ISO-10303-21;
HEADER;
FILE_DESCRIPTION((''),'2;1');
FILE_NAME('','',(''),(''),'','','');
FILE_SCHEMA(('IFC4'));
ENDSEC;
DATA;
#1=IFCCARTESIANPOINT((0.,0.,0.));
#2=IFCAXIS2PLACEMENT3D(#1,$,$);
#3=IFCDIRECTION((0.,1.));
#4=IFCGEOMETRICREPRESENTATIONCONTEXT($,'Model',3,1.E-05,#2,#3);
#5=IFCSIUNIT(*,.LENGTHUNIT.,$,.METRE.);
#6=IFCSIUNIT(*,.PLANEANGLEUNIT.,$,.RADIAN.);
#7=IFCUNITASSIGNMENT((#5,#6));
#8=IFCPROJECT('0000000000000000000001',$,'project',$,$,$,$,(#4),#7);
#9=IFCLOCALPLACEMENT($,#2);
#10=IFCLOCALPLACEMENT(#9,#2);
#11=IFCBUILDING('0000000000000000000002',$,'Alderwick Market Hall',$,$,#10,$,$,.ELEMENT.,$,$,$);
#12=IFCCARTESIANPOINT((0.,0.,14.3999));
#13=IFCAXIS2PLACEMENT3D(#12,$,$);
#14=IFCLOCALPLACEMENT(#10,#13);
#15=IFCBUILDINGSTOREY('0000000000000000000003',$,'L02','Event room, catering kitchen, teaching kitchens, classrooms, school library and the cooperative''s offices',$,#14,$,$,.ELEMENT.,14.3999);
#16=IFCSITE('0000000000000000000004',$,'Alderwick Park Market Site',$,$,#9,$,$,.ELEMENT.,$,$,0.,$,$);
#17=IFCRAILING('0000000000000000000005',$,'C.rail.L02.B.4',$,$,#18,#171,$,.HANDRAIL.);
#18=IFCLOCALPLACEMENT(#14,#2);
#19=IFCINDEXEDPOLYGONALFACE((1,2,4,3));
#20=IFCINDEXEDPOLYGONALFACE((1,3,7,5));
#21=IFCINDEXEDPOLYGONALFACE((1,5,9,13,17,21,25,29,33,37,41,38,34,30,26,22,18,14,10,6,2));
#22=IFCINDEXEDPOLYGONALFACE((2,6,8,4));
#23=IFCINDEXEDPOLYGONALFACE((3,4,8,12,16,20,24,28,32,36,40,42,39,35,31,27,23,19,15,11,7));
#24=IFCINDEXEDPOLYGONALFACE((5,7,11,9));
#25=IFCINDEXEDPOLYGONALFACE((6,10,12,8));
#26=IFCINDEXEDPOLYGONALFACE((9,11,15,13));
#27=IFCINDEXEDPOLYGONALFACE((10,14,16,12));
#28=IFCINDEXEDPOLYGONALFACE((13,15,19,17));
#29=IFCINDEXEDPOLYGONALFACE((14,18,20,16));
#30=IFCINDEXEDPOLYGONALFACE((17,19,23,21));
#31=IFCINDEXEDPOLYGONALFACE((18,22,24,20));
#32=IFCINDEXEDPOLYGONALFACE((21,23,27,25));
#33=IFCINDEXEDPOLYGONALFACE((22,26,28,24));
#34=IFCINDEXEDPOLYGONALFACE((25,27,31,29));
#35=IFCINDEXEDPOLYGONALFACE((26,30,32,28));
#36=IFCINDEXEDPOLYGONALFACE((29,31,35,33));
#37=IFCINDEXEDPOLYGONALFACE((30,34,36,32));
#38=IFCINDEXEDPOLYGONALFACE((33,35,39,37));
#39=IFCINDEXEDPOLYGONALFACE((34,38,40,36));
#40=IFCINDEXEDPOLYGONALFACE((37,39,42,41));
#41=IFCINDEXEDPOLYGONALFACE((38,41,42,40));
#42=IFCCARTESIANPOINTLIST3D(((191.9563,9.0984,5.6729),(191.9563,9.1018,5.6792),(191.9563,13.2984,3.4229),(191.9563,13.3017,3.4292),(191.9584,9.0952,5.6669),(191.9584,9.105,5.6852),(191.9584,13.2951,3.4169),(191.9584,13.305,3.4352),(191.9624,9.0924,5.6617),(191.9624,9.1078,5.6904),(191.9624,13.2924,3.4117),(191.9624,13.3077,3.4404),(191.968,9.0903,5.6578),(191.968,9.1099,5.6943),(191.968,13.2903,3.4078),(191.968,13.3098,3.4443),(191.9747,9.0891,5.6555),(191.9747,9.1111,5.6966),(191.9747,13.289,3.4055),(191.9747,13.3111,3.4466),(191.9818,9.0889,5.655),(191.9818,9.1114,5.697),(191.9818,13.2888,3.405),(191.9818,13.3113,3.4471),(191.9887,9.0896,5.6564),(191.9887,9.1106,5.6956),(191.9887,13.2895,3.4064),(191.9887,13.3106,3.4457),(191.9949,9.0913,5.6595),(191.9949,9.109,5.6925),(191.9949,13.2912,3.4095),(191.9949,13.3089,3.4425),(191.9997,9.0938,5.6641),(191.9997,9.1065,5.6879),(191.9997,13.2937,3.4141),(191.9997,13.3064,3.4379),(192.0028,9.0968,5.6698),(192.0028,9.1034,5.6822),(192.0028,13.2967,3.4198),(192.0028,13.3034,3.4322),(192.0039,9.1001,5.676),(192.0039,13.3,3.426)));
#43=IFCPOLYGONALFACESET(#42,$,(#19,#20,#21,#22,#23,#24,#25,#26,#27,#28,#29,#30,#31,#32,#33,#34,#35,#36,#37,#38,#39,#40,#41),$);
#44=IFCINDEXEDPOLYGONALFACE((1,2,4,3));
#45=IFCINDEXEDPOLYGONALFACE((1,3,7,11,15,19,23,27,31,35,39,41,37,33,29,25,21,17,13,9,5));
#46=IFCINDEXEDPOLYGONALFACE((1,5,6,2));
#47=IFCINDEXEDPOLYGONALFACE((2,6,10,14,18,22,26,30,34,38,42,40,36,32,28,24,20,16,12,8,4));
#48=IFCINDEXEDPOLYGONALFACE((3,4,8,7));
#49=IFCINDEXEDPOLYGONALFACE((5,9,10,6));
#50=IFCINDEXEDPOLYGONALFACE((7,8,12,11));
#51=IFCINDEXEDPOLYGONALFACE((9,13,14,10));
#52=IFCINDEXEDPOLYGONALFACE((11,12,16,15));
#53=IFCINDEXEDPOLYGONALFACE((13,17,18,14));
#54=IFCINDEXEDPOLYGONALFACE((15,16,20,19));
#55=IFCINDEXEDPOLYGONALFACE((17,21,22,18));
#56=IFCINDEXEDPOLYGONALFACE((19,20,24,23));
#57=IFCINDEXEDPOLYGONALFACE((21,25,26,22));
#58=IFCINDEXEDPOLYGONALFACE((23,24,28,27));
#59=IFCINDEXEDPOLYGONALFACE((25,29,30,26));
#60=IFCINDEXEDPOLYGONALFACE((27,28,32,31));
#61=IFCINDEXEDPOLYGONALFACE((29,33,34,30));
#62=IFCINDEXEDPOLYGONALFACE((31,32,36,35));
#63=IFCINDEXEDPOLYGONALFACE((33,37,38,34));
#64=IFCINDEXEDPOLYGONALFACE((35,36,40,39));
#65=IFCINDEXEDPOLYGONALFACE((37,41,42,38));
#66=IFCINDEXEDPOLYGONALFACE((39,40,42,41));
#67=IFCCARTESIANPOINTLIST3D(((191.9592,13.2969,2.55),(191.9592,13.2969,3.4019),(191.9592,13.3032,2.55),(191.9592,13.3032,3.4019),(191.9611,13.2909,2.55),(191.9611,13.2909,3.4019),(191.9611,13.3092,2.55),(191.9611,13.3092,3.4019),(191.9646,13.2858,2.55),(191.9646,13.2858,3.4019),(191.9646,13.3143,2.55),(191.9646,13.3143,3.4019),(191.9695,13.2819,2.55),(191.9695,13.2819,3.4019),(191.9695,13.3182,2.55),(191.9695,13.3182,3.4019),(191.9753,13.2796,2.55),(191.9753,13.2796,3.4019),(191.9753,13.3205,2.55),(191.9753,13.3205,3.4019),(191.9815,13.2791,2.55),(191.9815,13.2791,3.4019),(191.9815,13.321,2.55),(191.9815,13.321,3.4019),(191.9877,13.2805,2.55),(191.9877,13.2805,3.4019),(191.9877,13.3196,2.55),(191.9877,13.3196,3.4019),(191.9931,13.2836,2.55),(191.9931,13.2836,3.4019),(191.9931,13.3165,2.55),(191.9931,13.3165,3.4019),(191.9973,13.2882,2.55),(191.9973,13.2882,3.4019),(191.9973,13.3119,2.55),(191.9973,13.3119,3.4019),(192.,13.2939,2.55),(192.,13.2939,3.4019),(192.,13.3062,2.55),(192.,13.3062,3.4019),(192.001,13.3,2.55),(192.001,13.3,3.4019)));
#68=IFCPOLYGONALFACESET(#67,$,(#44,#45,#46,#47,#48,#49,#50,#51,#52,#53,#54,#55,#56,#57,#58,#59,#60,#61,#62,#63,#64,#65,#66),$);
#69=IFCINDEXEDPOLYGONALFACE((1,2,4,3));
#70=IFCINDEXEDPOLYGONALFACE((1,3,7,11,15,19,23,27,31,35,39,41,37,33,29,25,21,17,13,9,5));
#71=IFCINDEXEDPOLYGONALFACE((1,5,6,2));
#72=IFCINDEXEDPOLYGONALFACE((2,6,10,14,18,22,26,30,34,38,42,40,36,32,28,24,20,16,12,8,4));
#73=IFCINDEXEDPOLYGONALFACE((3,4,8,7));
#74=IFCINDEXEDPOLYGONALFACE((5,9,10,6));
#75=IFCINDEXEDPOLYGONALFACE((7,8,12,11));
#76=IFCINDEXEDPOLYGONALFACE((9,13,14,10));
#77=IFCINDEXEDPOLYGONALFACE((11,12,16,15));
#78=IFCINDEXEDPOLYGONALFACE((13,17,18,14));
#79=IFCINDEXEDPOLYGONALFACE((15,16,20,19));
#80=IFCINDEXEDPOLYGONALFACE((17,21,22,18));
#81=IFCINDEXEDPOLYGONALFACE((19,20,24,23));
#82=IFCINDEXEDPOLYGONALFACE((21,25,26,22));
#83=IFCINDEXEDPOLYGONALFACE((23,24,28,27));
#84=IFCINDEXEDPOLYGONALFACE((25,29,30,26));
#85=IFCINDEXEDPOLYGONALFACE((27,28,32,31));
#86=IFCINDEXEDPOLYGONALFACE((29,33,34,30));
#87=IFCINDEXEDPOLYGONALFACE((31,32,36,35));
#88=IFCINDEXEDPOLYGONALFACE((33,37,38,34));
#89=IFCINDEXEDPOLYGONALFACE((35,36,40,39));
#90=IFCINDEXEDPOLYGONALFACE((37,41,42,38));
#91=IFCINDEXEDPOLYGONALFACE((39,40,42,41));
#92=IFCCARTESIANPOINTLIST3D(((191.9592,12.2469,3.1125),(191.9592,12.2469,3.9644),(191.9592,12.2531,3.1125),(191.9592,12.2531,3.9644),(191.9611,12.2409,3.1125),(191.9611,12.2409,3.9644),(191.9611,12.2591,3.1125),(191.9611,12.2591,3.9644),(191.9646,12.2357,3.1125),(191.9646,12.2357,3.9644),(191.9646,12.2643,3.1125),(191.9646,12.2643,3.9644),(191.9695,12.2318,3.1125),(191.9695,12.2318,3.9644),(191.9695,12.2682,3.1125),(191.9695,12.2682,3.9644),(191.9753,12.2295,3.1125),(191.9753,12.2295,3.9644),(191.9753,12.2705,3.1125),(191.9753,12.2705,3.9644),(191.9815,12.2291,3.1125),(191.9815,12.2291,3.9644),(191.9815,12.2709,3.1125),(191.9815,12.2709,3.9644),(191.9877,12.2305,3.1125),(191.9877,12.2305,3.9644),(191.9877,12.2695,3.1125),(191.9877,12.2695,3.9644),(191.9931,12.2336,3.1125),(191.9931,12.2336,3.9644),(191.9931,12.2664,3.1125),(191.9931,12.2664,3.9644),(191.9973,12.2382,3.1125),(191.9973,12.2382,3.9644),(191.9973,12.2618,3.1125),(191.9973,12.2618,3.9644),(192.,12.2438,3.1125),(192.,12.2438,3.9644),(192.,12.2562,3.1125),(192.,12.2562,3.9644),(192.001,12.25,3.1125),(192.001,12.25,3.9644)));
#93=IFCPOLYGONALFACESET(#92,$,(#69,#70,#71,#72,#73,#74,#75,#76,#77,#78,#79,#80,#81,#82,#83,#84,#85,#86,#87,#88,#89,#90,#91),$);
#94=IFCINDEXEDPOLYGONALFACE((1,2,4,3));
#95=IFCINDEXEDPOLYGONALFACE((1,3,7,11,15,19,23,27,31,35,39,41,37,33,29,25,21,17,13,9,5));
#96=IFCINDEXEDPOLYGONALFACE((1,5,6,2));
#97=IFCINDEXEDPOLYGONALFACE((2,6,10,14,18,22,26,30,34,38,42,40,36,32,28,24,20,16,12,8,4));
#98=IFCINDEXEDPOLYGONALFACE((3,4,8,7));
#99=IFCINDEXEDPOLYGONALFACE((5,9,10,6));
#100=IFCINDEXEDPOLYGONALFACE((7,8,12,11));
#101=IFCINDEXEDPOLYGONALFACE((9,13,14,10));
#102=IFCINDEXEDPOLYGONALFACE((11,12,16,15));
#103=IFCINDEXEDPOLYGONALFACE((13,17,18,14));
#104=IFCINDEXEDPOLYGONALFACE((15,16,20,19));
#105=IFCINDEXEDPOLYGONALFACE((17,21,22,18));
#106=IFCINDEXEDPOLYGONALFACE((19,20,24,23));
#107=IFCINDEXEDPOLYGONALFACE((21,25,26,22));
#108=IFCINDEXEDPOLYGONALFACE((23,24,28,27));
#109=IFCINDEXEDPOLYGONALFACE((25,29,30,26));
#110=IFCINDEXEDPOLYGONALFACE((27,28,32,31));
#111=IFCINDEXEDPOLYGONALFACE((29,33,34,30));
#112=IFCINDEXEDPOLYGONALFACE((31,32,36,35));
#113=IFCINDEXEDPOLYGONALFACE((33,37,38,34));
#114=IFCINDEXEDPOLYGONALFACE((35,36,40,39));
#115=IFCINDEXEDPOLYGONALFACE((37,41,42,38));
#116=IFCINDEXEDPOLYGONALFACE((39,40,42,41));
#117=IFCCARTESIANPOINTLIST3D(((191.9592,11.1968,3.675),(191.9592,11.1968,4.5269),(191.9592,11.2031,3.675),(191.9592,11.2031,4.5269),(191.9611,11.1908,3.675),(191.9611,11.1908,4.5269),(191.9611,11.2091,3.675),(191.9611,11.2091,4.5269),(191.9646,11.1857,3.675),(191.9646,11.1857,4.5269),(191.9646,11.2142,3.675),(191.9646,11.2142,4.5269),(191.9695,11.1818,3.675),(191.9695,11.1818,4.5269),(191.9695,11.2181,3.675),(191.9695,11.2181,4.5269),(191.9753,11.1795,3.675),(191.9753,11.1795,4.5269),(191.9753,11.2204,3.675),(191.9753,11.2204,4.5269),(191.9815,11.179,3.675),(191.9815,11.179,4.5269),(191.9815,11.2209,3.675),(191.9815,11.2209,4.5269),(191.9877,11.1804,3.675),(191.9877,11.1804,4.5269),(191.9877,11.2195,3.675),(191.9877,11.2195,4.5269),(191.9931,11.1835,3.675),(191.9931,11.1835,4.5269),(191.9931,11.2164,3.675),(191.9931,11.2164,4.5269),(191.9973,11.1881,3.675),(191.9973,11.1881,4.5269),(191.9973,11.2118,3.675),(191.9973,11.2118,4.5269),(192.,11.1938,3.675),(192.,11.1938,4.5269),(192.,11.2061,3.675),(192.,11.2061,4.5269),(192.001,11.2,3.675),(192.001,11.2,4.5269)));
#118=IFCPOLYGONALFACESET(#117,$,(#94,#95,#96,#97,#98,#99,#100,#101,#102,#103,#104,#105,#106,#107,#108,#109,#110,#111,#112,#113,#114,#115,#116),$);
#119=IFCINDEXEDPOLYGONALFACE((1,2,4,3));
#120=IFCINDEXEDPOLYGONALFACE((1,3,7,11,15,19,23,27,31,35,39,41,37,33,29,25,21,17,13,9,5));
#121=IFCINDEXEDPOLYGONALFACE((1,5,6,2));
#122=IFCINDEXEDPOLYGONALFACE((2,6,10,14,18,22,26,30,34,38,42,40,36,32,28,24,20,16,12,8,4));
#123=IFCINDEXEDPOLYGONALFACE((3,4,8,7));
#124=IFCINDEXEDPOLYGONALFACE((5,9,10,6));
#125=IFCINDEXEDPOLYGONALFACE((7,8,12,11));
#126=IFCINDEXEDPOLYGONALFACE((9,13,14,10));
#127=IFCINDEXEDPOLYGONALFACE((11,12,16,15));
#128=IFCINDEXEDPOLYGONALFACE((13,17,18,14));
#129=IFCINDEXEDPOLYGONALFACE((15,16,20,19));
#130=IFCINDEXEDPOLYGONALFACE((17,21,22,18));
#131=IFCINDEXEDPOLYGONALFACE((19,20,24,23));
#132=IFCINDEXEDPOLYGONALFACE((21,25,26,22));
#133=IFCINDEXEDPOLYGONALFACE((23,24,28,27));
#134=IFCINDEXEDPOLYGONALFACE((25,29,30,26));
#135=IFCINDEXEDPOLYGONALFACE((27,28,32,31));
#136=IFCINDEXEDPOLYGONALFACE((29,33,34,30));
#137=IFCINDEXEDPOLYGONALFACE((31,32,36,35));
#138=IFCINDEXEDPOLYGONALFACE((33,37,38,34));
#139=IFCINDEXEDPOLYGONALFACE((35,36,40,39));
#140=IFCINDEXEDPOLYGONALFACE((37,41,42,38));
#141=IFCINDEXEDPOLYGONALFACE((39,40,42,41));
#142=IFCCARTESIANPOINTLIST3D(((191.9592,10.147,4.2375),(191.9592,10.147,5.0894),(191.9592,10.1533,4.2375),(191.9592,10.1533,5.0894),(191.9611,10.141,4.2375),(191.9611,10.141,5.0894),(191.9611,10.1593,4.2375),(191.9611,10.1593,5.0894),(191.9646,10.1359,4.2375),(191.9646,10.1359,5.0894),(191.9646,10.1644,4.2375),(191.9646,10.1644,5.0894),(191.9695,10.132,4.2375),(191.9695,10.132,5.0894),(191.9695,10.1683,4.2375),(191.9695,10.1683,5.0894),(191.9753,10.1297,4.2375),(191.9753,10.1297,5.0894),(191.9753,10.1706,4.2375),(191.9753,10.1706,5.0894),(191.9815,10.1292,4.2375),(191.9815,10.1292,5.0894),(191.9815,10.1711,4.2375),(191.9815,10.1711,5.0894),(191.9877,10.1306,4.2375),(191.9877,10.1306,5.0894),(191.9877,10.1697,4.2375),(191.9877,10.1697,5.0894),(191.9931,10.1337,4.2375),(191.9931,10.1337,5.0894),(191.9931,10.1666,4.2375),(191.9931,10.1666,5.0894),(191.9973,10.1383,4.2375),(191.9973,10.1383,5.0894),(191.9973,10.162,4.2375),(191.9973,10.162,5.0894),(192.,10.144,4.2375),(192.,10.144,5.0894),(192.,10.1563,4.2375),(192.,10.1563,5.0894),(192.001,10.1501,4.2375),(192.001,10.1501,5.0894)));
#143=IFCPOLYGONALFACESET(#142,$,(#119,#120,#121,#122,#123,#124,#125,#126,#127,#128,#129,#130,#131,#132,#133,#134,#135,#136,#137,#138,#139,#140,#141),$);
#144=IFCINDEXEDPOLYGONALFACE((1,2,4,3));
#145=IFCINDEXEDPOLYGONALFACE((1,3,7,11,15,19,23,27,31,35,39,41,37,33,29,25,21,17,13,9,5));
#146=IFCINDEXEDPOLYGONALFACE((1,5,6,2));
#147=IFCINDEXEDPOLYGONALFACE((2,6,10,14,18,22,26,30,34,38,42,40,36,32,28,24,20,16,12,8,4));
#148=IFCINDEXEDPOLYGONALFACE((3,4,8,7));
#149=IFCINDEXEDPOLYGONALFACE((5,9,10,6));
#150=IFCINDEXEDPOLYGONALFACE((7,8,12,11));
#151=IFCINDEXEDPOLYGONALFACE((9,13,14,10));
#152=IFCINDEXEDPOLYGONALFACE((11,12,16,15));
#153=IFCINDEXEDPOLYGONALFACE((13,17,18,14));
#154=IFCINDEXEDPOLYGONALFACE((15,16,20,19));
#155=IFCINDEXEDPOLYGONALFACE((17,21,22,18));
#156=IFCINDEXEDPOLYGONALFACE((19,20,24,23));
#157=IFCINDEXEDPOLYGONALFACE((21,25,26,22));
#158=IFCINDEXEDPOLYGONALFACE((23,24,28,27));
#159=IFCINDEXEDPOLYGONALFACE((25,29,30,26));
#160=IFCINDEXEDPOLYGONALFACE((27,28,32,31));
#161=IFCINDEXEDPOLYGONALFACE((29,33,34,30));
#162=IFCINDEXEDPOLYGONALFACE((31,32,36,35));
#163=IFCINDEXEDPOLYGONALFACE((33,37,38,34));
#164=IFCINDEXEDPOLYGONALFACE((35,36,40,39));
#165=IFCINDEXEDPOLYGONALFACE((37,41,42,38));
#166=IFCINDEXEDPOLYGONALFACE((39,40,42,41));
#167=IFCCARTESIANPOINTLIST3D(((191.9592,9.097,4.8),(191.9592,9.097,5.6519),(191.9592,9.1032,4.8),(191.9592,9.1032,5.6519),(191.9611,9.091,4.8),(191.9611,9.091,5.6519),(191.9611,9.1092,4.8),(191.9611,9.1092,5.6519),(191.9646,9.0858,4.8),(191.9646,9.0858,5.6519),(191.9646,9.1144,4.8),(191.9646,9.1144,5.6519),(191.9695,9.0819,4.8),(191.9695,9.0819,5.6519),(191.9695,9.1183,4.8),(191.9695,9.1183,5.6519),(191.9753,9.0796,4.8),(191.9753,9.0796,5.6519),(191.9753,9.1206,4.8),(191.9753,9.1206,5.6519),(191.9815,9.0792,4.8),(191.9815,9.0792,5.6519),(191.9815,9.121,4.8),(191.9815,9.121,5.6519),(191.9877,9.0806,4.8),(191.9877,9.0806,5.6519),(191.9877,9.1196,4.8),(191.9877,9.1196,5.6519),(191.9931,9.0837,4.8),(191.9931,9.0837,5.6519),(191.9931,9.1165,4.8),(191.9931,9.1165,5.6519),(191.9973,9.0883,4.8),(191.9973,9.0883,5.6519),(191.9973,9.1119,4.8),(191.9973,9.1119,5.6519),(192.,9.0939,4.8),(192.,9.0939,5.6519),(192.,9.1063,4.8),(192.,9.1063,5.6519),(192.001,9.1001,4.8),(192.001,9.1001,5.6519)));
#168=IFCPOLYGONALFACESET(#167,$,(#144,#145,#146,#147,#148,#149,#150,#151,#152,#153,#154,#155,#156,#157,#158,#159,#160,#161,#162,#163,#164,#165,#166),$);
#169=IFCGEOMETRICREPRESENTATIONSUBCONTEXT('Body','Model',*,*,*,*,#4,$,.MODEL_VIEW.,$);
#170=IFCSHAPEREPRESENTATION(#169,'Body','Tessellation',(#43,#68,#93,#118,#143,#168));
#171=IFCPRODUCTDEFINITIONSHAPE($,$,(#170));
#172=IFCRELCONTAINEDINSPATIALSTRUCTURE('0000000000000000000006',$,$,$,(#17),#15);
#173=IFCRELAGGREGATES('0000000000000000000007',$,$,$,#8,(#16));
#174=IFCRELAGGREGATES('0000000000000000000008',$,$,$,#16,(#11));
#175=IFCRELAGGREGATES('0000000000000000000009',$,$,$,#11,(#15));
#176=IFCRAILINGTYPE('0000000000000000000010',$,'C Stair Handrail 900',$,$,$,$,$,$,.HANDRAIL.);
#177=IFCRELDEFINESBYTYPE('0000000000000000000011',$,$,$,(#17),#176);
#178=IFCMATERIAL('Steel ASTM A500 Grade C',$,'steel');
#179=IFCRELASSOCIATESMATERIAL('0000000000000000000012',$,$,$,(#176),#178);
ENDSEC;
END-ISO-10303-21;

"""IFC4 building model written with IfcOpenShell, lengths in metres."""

from ifc_helpers import new_model, si_unit, direction, frame, origin, origin_2d, place, context, subcontext, project, spatial, circle, extrude, material, type_object, element, save


model = new_model("IFC4")

# Units and contexts
model_context = context("Model", 3, precision=1e-05, world=origin(), true_north=direction((0.0, 1.0)))
body_context = subcontext(model_context, "Body", "Model", "MODEL_VIEW")
ifc_project = project(units=[si_unit("LENGTHUNIT", "METRE"), si_unit("PLANEANGLEUNIT", "RADIAN")], contexts=[model_context])

# Site, building, storey
site_placement = place(None, origin())
site = spatial("IfcSite", under=ifc_project, at=site_placement, Name="Alderwick Park Market Site", CompositionType="ELEMENT", RefElevation=0.0)
building_placement = place(site_placement, origin())
building = spatial("IfcBuilding", under=site, at=building_placement, Name="Alderwick Market Hall", CompositionType="ELEMENT")
storey_placement = place(building_placement, frame((0.0, 0.0, 14.3999)))
storey = spatial("IfcBuildingStorey", under=building, at=storey_placement, Name="L02", Description="Event room, catering kitchen, teaching kitchens, classrooms, school library and the cooperative's offices", CompositionType="ELEMENT", Elevation=14.3999)

# Railing
ifc_material_1 = material(Name="Steel ASTM A500 Grade C", Category="steel")
railing_type_1 = type_object("IfcRailingType", Name="C Stair Handrail 900", PredefinedType="HANDRAIL", material=ifc_material_1)
for number, where, name in (
    (1, (191.98, 13.3, 2.55), "C.rail.L02.B.4"),
):
    element("IfcRailing", number, at=place(storey_placement, frame(where)), inside=storey, type_object=railing_type_1, Name=name, PredefinedType="HANDRAIL", context=body_context, shape_type="SweptSolid", body=[
        extrude(circle(Radius=0.0239, at=origin_2d()), frame((0.0, 0.0, 0.876), z_axis=(0.0, -0.881478, 0.472226), x_axis=(1.0, 0.0, 0.0)), (0.0, 0.0, 1.0), 4.7646),
        extrude(circle(Radius=0.021, at=origin_2d()), origin(), (0.0, 0.0, 1.0), 0.8518),
        extrude(circle(Radius=0.021, at=origin_2d()), frame((0.0, -1.05, 0.5625)), (0.0, 0.0, 1.0), 0.8518),
        extrude(circle(Radius=0.021, at=origin_2d()), frame((0.0, -2.1001, 1.125)), (0.0, 0.0, 1.0), 0.8518),
        extrude(circle(Radius=0.021, at=origin_2d()), frame((0.0, -3.1499, 1.6875)), (0.0, 0.0, 1.0), 0.8518),
        extrude(circle(Radius=0.021, at=origin_2d()), frame((0.0, -4.2, 2.25)), (0.0, 0.0, 1.0), 0.8518),
    ])

save(model, "model.ifc")
